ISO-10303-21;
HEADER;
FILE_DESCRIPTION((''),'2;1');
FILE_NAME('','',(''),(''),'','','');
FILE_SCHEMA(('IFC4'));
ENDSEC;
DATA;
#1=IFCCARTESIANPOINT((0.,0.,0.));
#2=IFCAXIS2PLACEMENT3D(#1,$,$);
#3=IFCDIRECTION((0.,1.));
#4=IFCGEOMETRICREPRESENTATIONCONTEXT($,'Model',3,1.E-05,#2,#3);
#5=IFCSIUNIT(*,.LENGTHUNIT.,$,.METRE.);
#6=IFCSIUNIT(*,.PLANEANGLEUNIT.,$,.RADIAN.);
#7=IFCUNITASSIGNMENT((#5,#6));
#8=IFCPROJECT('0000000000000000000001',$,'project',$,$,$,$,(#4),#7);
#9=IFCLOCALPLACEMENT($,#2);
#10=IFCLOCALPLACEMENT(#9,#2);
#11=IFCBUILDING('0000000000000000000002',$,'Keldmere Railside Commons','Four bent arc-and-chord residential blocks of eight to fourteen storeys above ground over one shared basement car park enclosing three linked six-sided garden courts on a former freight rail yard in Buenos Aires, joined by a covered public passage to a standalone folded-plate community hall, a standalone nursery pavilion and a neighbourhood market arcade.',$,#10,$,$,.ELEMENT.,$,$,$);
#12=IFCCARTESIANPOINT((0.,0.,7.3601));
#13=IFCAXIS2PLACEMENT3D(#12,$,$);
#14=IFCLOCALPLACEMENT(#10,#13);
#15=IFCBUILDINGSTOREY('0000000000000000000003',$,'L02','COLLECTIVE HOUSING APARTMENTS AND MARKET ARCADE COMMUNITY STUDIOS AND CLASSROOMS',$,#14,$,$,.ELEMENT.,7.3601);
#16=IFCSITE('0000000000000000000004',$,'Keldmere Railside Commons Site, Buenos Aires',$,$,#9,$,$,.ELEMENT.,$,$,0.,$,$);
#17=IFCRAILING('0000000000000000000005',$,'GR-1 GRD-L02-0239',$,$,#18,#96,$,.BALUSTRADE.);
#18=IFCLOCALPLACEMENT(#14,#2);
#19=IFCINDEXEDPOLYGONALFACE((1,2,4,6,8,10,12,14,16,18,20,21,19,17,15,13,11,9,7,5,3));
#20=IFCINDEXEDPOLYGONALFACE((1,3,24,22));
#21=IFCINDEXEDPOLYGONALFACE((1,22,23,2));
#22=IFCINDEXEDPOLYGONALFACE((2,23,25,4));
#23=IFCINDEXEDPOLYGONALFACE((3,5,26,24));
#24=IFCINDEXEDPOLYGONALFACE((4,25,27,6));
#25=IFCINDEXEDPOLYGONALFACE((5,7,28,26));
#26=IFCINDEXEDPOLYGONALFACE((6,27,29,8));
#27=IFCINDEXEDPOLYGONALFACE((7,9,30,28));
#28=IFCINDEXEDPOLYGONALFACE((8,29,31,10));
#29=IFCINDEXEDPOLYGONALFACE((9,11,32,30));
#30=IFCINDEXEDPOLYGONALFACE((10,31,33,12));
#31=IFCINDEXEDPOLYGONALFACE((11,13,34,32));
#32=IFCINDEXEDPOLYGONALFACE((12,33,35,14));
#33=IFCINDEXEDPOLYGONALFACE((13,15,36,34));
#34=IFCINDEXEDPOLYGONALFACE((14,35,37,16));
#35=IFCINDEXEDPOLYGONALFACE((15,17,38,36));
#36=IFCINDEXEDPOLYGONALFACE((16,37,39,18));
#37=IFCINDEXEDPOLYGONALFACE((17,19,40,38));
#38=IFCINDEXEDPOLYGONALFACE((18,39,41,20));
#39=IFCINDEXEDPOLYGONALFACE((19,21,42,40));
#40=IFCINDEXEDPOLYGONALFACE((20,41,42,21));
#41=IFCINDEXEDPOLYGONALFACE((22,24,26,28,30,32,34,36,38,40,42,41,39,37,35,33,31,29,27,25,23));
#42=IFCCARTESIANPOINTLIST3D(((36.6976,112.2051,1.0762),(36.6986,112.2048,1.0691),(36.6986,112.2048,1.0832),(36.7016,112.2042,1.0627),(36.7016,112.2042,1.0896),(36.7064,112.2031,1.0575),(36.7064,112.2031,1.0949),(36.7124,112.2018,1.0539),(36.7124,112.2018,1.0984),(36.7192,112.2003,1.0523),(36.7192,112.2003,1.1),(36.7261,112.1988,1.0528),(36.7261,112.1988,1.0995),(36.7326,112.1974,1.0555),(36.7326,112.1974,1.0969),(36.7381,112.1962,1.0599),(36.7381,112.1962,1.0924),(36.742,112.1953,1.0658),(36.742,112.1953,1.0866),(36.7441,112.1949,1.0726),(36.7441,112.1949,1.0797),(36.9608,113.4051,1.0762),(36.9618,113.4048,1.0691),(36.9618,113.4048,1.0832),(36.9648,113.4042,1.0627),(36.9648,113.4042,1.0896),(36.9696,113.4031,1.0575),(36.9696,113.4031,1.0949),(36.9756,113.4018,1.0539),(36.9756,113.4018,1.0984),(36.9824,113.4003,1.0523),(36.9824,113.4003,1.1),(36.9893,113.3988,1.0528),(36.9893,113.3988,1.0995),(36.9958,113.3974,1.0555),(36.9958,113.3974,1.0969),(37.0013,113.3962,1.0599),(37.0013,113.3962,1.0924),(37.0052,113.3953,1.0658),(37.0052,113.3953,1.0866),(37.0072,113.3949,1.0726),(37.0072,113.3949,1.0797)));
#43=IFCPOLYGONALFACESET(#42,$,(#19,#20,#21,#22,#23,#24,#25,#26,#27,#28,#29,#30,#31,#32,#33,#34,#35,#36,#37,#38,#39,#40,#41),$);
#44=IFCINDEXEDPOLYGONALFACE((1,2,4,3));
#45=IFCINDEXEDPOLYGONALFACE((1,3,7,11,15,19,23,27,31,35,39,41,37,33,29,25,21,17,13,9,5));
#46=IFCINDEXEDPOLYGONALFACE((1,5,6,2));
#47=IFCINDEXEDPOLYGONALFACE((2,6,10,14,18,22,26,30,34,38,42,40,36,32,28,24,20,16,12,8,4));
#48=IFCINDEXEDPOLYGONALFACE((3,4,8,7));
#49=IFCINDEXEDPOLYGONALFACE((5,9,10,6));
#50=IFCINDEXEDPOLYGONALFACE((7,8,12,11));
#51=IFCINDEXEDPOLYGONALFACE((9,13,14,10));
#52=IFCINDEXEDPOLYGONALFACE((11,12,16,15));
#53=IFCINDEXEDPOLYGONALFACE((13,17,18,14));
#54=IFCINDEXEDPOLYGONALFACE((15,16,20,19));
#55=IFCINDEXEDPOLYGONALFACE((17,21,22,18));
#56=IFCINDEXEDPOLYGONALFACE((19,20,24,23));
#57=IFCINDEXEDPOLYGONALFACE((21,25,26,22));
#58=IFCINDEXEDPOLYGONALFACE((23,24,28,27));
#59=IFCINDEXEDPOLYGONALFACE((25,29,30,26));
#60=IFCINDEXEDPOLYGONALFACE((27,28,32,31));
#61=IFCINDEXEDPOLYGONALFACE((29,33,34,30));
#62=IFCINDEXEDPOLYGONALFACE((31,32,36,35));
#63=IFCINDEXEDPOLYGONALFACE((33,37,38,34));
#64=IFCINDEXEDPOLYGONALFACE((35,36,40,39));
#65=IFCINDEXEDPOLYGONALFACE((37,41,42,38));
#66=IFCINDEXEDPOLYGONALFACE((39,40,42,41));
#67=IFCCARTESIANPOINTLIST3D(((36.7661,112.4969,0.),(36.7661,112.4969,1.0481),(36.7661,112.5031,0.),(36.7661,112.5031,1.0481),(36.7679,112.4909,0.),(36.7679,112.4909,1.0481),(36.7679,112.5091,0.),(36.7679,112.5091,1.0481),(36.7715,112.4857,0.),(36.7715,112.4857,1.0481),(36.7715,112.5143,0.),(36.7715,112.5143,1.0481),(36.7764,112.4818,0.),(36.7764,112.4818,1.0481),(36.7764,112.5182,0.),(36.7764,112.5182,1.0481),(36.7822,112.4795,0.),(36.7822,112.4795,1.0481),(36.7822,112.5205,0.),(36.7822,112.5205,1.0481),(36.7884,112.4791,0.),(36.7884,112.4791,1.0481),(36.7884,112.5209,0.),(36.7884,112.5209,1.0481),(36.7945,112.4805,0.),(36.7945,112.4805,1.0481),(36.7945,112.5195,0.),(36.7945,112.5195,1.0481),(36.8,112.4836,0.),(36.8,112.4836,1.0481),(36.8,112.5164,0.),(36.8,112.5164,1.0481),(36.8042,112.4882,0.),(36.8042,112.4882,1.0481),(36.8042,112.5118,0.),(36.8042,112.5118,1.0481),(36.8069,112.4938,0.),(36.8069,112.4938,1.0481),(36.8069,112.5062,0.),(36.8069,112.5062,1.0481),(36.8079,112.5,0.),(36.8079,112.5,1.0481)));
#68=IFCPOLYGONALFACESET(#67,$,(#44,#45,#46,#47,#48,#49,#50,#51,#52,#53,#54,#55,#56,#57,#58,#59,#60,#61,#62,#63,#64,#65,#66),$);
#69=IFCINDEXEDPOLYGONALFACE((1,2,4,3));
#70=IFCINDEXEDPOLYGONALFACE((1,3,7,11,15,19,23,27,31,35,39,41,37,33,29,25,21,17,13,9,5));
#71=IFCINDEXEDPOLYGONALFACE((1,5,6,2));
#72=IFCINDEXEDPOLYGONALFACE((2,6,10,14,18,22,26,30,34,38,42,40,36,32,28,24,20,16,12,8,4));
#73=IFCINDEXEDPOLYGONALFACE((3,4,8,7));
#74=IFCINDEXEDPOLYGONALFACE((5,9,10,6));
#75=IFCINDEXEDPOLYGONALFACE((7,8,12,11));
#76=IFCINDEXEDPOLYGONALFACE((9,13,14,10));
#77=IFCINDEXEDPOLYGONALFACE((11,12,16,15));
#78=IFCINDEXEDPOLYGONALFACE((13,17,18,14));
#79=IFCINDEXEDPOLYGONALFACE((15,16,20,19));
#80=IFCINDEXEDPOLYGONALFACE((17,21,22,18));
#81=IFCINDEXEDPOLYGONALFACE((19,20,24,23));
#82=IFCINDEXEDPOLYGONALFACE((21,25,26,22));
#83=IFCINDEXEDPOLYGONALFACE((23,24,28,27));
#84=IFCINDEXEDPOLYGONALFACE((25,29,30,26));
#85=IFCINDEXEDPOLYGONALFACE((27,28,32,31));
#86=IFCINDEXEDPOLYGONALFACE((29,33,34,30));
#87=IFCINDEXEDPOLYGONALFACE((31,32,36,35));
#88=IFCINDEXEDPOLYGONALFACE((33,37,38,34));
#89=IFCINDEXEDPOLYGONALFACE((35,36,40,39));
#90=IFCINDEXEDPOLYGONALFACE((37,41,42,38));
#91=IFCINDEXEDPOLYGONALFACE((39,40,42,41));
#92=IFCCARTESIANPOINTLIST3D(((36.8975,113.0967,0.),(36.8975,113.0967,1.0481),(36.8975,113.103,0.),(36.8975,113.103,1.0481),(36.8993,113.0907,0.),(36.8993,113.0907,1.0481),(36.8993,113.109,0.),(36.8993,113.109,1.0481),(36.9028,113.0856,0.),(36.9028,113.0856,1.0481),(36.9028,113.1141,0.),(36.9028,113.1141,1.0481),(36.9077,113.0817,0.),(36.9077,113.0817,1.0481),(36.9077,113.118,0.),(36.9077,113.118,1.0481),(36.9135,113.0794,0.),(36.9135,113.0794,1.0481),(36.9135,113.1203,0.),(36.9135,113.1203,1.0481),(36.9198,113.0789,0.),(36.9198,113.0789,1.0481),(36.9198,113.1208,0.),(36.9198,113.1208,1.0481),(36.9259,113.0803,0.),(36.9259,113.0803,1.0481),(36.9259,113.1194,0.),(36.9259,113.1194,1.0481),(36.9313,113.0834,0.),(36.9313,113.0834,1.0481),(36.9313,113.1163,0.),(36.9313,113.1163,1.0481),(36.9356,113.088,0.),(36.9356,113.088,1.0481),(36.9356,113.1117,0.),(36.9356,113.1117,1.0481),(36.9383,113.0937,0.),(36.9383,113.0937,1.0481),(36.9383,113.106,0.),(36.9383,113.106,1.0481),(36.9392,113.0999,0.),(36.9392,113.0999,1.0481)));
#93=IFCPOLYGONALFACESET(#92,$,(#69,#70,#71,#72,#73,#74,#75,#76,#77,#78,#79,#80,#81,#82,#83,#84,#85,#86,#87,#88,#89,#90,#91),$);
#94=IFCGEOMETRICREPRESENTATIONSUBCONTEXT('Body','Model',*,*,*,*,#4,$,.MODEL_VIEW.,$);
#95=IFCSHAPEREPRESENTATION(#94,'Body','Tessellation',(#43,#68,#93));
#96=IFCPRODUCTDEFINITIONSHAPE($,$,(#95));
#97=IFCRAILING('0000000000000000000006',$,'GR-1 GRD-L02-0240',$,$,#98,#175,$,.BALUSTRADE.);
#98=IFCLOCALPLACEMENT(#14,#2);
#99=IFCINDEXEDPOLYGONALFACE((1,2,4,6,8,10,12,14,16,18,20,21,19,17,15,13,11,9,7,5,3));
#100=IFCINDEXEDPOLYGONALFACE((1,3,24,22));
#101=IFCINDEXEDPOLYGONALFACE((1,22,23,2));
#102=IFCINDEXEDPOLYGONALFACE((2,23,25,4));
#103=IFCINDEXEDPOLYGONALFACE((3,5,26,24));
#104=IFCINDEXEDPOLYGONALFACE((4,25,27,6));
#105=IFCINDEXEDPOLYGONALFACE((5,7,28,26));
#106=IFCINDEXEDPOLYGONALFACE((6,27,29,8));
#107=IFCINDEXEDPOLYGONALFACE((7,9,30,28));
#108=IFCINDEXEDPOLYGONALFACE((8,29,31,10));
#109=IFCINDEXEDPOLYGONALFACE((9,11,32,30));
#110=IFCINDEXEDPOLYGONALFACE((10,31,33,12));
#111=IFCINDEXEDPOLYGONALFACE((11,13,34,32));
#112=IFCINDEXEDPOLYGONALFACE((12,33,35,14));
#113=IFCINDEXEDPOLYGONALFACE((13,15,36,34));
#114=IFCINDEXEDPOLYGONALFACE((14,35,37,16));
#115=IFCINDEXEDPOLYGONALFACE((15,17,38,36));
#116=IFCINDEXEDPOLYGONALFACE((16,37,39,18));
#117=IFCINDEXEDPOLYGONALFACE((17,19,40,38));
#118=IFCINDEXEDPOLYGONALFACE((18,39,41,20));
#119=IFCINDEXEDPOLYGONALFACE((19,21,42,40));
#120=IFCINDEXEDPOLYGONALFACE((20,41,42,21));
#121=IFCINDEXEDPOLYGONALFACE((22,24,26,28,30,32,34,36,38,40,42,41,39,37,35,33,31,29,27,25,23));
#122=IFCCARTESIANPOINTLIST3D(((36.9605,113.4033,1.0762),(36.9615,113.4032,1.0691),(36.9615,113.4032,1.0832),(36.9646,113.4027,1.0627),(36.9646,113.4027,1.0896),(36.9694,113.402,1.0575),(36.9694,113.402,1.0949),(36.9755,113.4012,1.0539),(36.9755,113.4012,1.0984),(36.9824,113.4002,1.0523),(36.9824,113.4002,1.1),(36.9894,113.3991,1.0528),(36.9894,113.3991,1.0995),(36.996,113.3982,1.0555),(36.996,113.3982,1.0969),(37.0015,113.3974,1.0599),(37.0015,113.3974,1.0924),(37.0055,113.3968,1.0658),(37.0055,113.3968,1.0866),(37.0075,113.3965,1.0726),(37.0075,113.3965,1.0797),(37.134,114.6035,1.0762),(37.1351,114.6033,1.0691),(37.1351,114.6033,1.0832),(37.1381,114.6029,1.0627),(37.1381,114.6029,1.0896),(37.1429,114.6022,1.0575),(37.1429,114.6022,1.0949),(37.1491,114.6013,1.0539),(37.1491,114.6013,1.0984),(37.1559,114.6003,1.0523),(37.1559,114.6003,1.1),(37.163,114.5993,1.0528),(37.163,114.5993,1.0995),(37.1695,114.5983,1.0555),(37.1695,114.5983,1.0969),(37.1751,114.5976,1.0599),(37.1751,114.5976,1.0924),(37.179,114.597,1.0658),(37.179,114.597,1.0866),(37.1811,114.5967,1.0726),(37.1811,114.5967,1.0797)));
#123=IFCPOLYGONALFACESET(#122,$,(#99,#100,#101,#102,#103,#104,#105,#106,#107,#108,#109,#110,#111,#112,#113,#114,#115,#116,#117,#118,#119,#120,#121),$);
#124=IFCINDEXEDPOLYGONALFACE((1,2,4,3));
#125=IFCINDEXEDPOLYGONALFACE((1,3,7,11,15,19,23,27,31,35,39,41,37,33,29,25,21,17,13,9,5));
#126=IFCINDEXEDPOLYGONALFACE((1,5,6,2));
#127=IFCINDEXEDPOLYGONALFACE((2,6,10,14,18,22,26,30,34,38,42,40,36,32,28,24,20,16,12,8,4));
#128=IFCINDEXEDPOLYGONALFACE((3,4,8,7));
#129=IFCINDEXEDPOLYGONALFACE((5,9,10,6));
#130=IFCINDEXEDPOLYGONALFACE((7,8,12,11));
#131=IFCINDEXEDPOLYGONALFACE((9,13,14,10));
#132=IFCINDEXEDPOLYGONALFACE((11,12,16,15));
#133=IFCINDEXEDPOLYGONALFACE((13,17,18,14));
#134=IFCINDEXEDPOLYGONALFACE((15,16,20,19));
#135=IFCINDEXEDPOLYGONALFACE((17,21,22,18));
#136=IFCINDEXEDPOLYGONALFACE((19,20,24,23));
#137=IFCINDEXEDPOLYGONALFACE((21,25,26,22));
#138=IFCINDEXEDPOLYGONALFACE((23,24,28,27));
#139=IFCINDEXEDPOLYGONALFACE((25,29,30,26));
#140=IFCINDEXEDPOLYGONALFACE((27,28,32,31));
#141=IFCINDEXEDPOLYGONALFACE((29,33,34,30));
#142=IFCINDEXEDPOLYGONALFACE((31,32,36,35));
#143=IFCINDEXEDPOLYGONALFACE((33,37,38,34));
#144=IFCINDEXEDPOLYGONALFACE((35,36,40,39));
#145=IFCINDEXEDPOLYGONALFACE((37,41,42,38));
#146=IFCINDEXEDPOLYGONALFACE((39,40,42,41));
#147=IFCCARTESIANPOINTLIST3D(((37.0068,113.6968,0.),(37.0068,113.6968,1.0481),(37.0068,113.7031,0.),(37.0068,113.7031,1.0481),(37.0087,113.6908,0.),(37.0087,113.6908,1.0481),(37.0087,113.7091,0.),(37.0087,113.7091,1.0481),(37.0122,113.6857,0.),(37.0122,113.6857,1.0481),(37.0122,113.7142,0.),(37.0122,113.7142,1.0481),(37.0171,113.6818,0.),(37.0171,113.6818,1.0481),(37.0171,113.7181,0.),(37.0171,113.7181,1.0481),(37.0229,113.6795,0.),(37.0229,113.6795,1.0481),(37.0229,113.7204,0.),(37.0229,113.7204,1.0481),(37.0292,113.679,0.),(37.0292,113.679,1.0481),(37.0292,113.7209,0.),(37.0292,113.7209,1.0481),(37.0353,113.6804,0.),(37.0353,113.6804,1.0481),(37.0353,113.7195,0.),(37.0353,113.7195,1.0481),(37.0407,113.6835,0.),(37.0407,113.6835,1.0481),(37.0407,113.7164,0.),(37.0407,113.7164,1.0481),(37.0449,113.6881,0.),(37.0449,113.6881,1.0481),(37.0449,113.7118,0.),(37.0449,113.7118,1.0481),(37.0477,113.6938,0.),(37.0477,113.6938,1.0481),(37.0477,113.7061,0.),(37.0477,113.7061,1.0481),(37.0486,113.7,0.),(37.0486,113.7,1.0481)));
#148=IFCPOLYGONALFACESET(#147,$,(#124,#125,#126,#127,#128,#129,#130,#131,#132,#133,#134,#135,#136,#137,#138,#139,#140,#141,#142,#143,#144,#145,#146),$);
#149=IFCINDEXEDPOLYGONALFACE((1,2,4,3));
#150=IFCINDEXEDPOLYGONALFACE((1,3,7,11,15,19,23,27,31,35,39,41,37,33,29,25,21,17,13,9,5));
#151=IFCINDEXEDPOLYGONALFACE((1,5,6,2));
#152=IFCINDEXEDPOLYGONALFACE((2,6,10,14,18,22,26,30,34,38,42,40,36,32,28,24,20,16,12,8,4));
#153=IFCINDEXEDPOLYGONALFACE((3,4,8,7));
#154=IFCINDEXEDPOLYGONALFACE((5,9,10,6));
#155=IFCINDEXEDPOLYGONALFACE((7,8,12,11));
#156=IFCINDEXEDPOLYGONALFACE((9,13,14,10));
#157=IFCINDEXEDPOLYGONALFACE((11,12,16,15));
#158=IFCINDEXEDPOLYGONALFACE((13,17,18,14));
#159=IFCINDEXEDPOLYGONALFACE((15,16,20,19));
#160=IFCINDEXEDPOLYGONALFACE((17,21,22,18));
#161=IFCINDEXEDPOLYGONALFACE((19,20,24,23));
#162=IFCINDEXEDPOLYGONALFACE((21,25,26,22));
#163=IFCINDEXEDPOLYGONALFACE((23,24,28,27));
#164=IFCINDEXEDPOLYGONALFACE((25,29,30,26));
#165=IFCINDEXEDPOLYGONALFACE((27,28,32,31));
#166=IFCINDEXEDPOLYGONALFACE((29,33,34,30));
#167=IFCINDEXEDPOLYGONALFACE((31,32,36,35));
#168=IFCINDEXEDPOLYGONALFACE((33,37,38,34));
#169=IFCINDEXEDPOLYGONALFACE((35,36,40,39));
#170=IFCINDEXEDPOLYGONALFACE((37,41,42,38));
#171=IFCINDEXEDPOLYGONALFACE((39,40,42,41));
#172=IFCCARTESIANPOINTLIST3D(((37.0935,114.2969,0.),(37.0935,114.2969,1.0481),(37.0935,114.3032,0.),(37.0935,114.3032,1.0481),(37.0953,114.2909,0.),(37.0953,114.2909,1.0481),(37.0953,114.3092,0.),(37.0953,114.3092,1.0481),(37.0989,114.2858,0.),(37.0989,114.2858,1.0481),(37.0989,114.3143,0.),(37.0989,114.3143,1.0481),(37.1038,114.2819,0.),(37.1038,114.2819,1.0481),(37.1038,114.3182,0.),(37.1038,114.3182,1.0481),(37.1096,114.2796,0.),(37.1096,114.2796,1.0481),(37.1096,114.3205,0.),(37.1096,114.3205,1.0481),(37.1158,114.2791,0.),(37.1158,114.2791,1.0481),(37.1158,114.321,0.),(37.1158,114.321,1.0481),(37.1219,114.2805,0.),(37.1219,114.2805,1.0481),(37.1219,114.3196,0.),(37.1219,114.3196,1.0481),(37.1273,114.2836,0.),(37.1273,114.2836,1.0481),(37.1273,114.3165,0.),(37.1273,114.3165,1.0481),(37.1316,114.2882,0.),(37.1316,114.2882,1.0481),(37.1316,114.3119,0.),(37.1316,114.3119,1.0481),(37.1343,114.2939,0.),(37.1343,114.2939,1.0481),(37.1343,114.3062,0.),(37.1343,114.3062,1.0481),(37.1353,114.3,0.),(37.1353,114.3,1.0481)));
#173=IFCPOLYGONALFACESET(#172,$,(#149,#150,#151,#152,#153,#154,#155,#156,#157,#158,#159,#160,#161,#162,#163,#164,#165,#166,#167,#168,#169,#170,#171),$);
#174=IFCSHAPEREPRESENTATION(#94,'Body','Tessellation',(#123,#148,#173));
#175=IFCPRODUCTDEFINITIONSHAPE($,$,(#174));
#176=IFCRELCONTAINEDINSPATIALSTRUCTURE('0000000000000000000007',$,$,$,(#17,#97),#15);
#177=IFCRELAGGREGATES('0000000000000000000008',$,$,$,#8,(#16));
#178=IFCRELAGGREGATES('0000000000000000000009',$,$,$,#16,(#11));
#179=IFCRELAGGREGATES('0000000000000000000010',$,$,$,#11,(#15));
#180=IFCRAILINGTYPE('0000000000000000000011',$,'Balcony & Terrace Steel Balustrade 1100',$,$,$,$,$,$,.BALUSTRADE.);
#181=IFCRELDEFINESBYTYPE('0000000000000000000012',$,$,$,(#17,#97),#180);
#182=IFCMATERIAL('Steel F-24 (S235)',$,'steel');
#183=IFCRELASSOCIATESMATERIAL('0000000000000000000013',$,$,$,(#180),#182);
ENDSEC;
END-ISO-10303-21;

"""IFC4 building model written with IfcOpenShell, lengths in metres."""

from ifc_helpers import new_model, si_unit, direction, frame, origin, origin_2d, place, context, subcontext, project, spatial, circle, extrude, material, type_object, element, save


model = new_model("IFC4")

# Units and contexts
model_context = context("Model", 3, precision=1e-05, world=origin(), true_north=direction((0.0, 1.0)))
body_context = subcontext(model_context, "Body", "Model", "MODEL_VIEW")
ifc_project = project(units=[si_unit("LENGTHUNIT", "METRE"), si_unit("PLANEANGLEUNIT", "RADIAN")], contexts=[model_context])

# Site, building, storey
site_placement = place(None, origin())
site = spatial("IfcSite", under=ifc_project, at=site_placement, Name="Keldmere Railside Commons Site, Buenos Aires", CompositionType="ELEMENT", RefElevation=0.0)
building_placement = place(site_placement, origin())
building = spatial("IfcBuilding", under=site, at=building_placement, Name="Keldmere Railside Commons", Description="Four bent arc-and-chord residential blocks of eight to fourteen storeys above ground over one shared basement car park enclosing three linked six-sided garden courts on a former freight rail yard in Buenos Aires, joined by a covered public passage to a standalone folded-plate community hall, a standalone nursery pavilion and a neighbourhood market arcade.", CompositionType="ELEMENT")
storey_placement = place(building_placement, frame((0.0, 0.0, 7.3601)))
storey = spatial("IfcBuildingStorey", under=building, at=storey_placement, Name="L02", Description="COLLECTIVE HOUSING APARTMENTS AND MARKET ARCADE COMMUNITY STUDIOS AND CLASSROOMS", CompositionType="ELEMENT", Elevation=7.3601)

# Railings
ifc_material_1 = material(Name="Steel F-24 (S235)", Category="steel")
railing_type = type_object("IfcRailingType", Name="Balcony & Terrace Steel Balustrade 1100", PredefinedType="BALUSTRADE", material=ifc_material_1)
railing_1_placement = place(storey_placement, frame((36.7209, 112.2, 0.0)))
element("IfcRailing", 1, at=railing_1_placement, inside=storey, type_object=railing_type, Name="GR-1 GRD-L02-0239", PredefinedType="BALUSTRADE", context=body_context, shape_type="SweptSolid", body=[
    extrude(circle(Radius=0.0239, at=origin_2d()), frame((0.0, 0.0, 1.0762), z_axis=(0.214236, 0.976782, 0.0), x_axis=(-0.976782, 0.214236, 0.0)), (0.0, 0.0, 1.0), 1.2285),
    extrude(circle(Radius=0.021, at=origin_2d()), frame((0.0659, 0.3, 0.0)), (0.0, 0.0, 1.0), 1.0481),
    extrude(circle(Radius=0.021, at=origin_2d()), frame((0.1973, 0.8999, 0.0)), (0.0, 0.0, 1.0), 1.0481),
])
railing_2_placement = place(storey_placement, frame((36.9841, 113.3999, 0.0)))
element("IfcRailing", 2, at=railing_2_placement, inside=storey, type_object=railing_type, Name="GR-1 GRD-L02-0240", PredefinedType="BALUSTRADE", context=body_context, shape_type="SweptSolid", body=[
    extrude(circle(Radius=0.0239, at=origin_2d()), frame((0.0, 0.0, 1.0762), z_axis=(0.14314, 0.989702, 0.0), x_axis=(-0.989702, 0.14314, 0.0)), (0.0, 0.0, 1.0), 1.2126),
    extrude(circle(Radius=0.021, at=origin_2d()), frame((0.0435, 0.3, 0.0)), (0.0, 0.0, 1.0), 1.0481),
    extrude(circle(Radius=0.021, at=origin_2d()), frame((0.1301, 0.9001, 0.0)), (0.0, 0.0, 1.0), 1.0481),
])

save(model, "model.ifc")
